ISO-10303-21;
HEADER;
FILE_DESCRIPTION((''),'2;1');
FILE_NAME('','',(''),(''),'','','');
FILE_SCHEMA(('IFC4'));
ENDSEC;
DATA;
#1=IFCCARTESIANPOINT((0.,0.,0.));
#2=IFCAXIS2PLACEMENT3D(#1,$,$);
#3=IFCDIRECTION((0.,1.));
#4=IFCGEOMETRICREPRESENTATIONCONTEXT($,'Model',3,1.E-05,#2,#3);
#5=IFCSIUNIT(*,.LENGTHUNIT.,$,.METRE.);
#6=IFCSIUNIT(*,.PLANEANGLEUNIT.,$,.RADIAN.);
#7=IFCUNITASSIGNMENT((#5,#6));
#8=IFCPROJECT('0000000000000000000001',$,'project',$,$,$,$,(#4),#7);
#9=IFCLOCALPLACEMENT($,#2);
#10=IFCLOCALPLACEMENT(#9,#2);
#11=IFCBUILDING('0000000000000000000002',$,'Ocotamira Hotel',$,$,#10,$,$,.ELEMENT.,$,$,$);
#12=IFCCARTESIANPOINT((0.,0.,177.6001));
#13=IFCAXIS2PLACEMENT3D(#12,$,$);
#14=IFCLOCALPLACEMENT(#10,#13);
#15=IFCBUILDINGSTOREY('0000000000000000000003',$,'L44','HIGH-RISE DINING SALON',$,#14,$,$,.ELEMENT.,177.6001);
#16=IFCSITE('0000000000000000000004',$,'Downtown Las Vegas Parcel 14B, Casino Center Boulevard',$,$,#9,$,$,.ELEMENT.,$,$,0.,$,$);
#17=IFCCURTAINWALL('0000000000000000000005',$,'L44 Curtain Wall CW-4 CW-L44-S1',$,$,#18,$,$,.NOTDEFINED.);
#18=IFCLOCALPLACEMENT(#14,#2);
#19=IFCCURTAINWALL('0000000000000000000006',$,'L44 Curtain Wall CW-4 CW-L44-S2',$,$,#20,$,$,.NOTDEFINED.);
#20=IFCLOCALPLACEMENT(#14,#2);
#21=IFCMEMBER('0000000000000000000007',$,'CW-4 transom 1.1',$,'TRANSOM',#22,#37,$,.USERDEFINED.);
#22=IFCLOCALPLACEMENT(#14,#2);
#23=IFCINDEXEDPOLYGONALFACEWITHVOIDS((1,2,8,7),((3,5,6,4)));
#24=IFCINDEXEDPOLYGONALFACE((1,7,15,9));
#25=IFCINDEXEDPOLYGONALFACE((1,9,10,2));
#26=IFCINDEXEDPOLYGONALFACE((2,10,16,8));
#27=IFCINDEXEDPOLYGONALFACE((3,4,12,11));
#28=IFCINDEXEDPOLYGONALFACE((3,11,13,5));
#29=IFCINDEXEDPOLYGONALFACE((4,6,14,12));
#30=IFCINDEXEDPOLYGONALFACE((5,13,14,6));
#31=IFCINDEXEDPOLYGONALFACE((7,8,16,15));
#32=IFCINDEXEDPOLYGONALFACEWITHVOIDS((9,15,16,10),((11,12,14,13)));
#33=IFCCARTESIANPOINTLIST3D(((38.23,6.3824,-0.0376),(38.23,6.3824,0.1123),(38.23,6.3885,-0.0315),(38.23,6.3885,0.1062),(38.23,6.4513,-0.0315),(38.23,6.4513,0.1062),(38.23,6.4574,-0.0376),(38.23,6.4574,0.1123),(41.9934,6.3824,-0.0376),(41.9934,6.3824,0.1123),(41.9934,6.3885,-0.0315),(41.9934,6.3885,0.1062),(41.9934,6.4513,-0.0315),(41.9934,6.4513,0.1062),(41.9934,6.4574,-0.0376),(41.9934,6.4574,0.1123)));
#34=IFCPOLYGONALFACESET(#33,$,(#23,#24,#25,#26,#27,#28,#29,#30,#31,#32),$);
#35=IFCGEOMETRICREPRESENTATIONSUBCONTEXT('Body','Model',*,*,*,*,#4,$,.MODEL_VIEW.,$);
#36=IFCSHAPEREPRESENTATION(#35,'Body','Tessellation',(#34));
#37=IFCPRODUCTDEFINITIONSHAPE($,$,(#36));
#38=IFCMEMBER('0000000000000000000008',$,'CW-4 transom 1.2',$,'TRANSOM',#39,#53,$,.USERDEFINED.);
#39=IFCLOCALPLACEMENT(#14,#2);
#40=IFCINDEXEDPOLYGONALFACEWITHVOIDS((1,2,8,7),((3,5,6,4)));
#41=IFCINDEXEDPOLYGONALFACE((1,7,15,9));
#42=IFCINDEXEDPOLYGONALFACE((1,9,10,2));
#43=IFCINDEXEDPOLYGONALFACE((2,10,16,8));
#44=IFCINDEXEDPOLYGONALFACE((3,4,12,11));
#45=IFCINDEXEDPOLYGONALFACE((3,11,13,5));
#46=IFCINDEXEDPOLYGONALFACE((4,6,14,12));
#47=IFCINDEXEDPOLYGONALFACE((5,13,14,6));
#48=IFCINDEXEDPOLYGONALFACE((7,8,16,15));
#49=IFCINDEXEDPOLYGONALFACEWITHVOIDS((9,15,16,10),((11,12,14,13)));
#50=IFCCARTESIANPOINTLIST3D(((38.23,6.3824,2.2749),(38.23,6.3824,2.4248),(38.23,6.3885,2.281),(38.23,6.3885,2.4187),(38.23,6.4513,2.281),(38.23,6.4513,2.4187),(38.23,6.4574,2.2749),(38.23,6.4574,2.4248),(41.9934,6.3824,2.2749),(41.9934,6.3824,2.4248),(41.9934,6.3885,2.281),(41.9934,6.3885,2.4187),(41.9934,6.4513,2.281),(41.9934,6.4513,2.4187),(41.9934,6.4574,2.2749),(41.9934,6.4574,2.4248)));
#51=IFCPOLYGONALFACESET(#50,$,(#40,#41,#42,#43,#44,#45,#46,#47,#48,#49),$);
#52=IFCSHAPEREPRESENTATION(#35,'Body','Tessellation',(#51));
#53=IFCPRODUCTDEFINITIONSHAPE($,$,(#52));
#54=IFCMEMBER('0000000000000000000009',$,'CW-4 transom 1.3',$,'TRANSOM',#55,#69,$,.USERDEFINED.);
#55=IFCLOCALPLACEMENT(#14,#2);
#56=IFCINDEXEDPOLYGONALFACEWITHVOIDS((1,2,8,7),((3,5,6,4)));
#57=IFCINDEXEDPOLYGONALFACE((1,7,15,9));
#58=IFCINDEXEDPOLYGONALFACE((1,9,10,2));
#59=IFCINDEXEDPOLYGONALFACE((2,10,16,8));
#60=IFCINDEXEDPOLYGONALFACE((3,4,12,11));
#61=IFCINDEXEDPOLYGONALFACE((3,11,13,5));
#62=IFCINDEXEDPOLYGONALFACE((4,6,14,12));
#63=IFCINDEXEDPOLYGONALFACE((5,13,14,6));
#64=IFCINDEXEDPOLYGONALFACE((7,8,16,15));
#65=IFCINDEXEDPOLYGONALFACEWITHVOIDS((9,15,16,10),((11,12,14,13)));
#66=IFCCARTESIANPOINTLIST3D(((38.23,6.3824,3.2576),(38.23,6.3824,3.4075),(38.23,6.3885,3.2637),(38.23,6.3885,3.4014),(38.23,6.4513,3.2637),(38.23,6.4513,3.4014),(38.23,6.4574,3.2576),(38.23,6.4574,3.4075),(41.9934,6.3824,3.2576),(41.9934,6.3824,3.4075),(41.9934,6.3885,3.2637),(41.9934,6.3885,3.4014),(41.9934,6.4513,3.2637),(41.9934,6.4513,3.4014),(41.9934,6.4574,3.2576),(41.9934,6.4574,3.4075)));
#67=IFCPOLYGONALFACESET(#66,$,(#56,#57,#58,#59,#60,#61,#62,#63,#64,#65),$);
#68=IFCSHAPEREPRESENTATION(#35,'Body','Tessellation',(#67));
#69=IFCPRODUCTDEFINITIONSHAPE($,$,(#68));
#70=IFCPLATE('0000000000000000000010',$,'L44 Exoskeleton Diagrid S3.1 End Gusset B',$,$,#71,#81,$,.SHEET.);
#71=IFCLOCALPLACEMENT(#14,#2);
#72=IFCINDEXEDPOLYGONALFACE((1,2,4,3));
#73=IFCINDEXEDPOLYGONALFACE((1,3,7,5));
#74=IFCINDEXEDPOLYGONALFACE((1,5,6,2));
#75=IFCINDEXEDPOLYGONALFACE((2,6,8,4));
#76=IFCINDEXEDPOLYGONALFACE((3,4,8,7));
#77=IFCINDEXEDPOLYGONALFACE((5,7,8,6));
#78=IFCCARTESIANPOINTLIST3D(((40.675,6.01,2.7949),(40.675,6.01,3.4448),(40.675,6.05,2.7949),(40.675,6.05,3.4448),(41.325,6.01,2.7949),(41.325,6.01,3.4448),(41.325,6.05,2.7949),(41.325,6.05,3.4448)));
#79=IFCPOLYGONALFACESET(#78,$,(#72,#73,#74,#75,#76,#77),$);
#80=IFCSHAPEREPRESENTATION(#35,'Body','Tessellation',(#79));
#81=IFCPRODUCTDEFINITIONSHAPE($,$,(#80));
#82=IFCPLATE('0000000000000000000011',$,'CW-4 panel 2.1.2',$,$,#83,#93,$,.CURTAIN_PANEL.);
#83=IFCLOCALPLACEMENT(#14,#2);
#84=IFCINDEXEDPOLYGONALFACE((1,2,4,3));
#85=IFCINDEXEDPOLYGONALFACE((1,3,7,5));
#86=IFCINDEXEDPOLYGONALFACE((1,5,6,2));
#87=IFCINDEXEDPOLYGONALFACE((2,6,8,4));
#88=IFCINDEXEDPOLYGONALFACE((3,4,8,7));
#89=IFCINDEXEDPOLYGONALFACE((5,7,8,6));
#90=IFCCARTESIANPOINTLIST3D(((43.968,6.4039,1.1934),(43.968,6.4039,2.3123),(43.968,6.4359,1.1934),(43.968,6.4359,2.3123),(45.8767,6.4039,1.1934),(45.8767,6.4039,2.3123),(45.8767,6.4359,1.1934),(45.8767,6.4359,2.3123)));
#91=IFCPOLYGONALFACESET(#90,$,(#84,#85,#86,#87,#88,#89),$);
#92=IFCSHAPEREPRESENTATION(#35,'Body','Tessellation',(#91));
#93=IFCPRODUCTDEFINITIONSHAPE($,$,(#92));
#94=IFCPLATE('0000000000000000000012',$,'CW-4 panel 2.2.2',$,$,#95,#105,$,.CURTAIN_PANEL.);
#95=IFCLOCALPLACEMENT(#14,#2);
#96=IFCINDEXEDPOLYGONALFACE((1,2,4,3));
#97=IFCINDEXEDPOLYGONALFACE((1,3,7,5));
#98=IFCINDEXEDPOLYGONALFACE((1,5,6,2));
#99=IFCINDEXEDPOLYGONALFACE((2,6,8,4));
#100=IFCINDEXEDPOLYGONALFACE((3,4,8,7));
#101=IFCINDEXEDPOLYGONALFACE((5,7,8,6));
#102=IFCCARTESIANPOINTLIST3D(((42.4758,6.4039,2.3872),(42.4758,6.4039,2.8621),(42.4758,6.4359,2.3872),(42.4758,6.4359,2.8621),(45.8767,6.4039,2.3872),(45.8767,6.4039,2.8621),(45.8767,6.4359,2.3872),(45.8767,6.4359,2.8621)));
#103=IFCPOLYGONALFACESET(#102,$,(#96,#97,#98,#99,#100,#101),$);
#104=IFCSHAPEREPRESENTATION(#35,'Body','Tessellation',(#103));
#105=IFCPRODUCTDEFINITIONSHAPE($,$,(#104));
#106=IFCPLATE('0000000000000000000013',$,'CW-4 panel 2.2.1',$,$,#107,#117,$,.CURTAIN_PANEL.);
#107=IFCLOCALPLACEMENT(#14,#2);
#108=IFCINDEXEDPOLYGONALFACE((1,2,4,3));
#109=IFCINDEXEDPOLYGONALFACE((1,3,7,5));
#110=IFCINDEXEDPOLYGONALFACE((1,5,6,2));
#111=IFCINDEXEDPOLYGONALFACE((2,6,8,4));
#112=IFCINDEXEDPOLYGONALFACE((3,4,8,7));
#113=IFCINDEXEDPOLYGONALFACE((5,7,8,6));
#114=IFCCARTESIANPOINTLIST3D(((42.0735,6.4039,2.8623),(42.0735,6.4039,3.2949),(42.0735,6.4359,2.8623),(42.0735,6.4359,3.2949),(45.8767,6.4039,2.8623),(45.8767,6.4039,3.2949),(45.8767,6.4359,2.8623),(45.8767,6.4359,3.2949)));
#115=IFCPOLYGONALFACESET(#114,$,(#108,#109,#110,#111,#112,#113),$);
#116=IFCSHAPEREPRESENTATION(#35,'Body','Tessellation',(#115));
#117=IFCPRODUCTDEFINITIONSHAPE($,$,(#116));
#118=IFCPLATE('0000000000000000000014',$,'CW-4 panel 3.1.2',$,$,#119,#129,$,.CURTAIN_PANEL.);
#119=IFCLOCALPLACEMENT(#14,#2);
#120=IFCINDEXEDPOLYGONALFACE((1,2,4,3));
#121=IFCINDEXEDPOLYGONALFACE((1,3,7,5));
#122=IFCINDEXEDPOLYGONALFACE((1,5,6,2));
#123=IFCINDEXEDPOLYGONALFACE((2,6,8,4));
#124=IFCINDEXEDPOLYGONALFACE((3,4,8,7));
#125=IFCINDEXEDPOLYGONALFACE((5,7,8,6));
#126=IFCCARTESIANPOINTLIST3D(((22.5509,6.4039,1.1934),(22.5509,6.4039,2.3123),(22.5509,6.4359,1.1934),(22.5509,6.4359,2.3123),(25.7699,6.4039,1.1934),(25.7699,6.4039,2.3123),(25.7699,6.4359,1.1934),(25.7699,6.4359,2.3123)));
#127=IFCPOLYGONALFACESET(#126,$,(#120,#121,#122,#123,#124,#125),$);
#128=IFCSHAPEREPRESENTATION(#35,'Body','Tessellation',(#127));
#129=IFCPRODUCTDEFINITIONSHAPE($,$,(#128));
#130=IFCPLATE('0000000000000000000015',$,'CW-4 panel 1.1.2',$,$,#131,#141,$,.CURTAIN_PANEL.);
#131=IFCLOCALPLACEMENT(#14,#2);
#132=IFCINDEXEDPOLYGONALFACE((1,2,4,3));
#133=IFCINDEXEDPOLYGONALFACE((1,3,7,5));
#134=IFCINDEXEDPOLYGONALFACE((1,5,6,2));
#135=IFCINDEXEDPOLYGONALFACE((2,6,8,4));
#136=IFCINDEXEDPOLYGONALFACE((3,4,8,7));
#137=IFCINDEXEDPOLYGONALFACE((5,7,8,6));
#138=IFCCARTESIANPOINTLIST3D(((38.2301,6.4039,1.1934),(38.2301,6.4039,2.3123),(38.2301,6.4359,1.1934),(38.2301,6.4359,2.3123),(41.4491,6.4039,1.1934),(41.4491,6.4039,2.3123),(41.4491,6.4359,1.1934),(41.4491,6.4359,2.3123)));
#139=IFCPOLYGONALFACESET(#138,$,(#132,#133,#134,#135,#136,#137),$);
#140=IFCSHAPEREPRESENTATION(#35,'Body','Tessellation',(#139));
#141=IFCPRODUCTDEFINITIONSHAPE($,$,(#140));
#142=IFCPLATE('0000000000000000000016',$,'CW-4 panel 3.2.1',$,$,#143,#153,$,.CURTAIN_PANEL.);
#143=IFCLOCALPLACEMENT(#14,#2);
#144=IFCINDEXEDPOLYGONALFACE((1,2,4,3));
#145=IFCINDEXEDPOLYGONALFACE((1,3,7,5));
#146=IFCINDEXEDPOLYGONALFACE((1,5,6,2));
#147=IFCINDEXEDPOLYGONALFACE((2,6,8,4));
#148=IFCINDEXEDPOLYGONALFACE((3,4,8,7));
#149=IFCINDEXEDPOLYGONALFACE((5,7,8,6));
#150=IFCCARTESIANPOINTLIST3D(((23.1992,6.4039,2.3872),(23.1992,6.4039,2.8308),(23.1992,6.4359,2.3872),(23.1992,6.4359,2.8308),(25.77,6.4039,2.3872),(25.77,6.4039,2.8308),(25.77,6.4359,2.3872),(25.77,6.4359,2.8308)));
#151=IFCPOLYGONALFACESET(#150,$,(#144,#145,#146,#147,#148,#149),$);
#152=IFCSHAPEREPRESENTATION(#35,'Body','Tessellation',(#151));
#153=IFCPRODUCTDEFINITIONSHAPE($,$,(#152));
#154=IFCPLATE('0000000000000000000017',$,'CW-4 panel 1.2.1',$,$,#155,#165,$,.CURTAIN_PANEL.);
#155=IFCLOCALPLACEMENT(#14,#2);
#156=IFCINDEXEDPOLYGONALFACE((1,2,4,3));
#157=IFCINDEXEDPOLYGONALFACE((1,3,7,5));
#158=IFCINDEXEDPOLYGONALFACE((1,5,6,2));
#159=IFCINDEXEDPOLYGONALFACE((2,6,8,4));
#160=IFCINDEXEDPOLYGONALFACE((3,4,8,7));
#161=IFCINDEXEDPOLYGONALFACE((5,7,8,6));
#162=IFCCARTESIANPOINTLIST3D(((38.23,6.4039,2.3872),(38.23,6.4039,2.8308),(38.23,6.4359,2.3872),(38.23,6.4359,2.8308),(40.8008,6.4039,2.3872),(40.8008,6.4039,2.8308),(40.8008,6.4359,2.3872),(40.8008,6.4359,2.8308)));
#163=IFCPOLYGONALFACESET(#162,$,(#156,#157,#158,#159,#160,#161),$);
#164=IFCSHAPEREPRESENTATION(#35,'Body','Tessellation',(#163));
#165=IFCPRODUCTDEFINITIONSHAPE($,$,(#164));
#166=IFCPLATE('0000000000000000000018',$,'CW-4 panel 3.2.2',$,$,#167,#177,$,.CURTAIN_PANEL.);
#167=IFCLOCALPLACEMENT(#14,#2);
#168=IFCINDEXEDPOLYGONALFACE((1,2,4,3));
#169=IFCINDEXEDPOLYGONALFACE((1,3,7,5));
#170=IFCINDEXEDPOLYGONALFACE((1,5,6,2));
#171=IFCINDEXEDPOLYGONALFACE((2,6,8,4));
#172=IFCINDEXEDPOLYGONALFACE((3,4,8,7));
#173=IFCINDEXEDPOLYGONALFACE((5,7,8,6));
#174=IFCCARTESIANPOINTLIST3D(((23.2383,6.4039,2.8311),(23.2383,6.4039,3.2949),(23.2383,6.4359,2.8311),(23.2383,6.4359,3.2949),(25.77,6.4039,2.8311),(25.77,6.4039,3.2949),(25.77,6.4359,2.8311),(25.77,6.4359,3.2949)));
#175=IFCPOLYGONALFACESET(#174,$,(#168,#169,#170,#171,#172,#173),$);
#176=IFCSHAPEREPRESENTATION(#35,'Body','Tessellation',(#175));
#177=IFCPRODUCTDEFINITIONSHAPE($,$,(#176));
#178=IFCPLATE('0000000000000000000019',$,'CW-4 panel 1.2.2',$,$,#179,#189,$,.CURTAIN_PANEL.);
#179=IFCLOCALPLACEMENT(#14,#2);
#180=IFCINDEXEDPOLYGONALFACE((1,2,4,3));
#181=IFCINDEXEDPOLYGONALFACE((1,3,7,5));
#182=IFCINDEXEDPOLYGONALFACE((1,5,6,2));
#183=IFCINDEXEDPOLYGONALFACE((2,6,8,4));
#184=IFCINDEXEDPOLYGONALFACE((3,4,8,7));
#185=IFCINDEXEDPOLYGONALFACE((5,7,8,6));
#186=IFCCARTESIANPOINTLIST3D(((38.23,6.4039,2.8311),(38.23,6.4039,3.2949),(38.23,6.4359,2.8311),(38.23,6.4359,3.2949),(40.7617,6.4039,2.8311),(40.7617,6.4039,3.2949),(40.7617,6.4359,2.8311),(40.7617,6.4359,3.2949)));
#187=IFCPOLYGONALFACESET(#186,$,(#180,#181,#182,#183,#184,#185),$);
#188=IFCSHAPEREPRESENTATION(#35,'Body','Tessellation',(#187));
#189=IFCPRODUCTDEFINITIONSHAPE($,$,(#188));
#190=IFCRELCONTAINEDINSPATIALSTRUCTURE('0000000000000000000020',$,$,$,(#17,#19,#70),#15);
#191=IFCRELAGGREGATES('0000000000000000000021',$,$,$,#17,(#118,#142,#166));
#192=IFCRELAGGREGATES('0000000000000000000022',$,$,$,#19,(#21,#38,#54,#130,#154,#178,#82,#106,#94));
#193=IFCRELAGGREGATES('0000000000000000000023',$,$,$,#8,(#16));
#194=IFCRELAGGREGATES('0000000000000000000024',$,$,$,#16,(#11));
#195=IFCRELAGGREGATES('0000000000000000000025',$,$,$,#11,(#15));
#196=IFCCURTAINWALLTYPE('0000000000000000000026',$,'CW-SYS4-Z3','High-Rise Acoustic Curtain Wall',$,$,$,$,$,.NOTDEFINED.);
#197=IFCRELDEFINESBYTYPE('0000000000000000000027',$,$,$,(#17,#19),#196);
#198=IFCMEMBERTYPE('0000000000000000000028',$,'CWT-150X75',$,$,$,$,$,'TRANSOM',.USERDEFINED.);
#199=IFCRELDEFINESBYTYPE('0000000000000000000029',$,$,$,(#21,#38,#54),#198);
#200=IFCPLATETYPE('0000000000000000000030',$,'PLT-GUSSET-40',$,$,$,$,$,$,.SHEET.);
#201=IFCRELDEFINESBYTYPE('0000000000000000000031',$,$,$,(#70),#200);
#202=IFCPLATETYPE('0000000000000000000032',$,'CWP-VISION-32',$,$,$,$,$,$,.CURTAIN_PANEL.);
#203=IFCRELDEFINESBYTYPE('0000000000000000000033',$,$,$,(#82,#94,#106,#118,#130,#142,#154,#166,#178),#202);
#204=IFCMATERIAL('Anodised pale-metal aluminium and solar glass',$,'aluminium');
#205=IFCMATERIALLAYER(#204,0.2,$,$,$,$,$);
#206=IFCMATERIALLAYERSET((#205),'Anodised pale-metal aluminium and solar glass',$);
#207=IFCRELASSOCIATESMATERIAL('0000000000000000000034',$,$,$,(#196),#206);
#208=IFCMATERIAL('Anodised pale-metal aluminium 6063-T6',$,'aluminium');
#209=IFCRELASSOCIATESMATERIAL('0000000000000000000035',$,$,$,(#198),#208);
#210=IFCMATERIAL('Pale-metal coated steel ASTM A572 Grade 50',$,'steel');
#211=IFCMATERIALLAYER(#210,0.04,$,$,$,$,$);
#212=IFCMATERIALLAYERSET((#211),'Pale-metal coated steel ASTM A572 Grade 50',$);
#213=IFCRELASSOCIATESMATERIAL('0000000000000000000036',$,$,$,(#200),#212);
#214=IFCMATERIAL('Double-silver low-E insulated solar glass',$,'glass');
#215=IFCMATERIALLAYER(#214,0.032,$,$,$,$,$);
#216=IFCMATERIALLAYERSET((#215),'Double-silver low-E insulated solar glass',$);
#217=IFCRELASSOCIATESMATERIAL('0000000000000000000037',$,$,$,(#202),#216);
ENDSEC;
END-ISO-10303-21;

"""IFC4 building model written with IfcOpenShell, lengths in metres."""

from ifc_helpers import new_model, si_unit, direction, frame, origin, origin_2d, place, context, subcontext, project, spatial, rectangle, hollow_rectangle, extrude, source, transform, mapped, material, layer, layer_set, material_profile, profile_set, type_object, element, aggregate, save


model = new_model("IFC4")

# Units and contexts
model_context = context("Model", 3, precision=1e-05, world=origin(), true_north=direction((0.0, 1.0)))
body_context = subcontext(model_context, "Body", "Model", "MODEL_VIEW")
ifc_project = project(units=[si_unit("LENGTHUNIT", "METRE"), si_unit("PLANEANGLEUNIT", "RADIAN")], contexts=[model_context])

# Site, building, storey
site_placement = place(None, origin())
site = spatial("IfcSite", under=ifc_project, at=site_placement, Name="Downtown Las Vegas Parcel 14B, Casino Center Boulevard", CompositionType="ELEMENT", RefElevation=0.0)
building_placement = place(site_placement, origin())
building = spatial("IfcBuilding", under=site, at=building_placement, Name="Ocotamira Hotel", CompositionType="ELEMENT")
storey_placement = place(building_placement, frame((0.0, 0.0, 177.6001)))
storey = spatial("IfcBuildingStorey", under=building, at=storey_placement, Name="L44", Description="HIGH-RISE DINING SALON", CompositionType="ELEMENT", Elevation=177.6001)

# Curtain wall
ifc_material_1 = material(Name="Anodised pale-metal aluminium and solar glass", Category="aluminium")
ifc_layer_1 = layer(ifc_material_1, 0.2)
ifc_layer_set_1 = layer_set([ifc_layer_1], Name="Anodised pale-metal aluminium and solar glass")
curtain_wall_type = type_object("IfcCurtainWallType", Name="CW-SYS4-Z3", Description="High-Rise Acoustic Curtain Wall", PredefinedType="NOTDEFINED", material=ifc_layer_set_1)
curtain_wall_1_placement = place(storey_placement, origin())
curtain_wall_1 = element("IfcCurtainWall", 1, at=curtain_wall_1_placement, inside=storey, type_object=curtain_wall_type, Name="L44 Curtain Wall CW-4 CW-L44-S1", PredefinedType="NOTDEFINED")
ifc_material_2 = material(Name="Anodised pale-metal aluminium 6063-T6", Category="aluminium")

# Curtain wall, members
curtain_wall_2_placement = place(storey_placement, origin())
curtain_wall_2 = element("IfcCurtainWall", 2, at=curtain_wall_2_placement, inside=storey, type_object=curtain_wall_type, Name="L44 Curtain Wall CW-4 CW-L44-S2", PredefinedType="NOTDEFINED")
ifc_material_profile_1 = material_profile(ifc_material_2, hollow_rectangle(XDim=0.075, YDim=0.1499, WallThickness=0.0061, at=origin_2d()), Name="HSS150X75X6")
ifc_profile_set_1 = profile_set([ifc_material_profile_1], Name="Anodised pale-metal aluminium 6063-T6")
member_type_1 = type_object("IfcMemberType", Name="CWT-150X75", ElementType="TRANSOM", PredefinedType="USERDEFINED", material=ifc_profile_set_1)
shared_shape_1 = source(origin(), body_context, "Body", "SweptSolid", [
    extrude(hollow_rectangle(XDim=0.075, YDim=0.1499, WallThickness=0.0061, at=origin_2d()), origin(), (0.0, 0.0, 1.0), 3.7634),
])
member_1_placement = place(storey_placement, frame((38.23, 6.4199, 0.0374), z_axis=(1.0, 0.0, 0.0), x_axis=(0.0, 1.0, 0.0)))
member_1 = element("IfcMember", 3, at=member_1_placement, type_object=member_type_1, Name="CW-4 transom 1.1", ObjectType="TRANSOM", PredefinedType="USERDEFINED", context=body_context, shape_type="MappedRepresentation", body=[
    mapped(shared_shape_1, transform((0.0, 0.0, 0.0), scale=1.0)),
])
member_2_placement = place(storey_placement, frame((38.23, 6.4199, 2.3499), z_axis=(1.0, 0.0, 0.0), x_axis=(0.0, 1.0, 0.0)))
member_2 = element("IfcMember", 4, at=member_2_placement, type_object=member_type_1, Name="CW-4 transom 1.2", ObjectType="TRANSOM", PredefinedType="USERDEFINED", context=body_context, shape_type="MappedRepresentation", body=[
    mapped(shared_shape_1, transform((0.0, 0.0, 0.0), scale=1.0)),
])
member_3_placement = place(storey_placement, frame((38.23, 6.4199, 3.3325), z_axis=(1.0, 0.0, 0.0), x_axis=(0.0, 1.0, 0.0)))
member_3 = element("IfcMember", 5, at=member_3_placement, type_object=member_type_1, Name="CW-4 transom 1.3", ObjectType="TRANSOM", PredefinedType="USERDEFINED", context=body_context, shape_type="MappedRepresentation", body=[
    mapped(shared_shape_1, transform((0.0, 0.0, 0.0), scale=1.0)),
])

# Plates
ifc_material_3 = material(Name="Pale-metal coated steel ASTM A572 Grade 50", Category="steel")
ifc_layer_2 = layer(ifc_material_3, 0.04)
ifc_layer_set_2 = layer_set([ifc_layer_2], Name="Pale-metal coated steel ASTM A572 Grade 50")
plate_type_1 = type_object("IfcPlateType", Name="PLT-GUSSET-40", PredefinedType="SHEET", material=ifc_layer_set_2)
shared_shape_2 = source(origin(), body_context, "Body", "SweptSolid", [
    extrude(rectangle(XDim=0.6499, YDim=0.04, at=origin_2d()), origin(), (0.0, 0.0, 1.0), 0.6499),
])
plate_1_placement = place(storey_placement, frame((41.0, 6.03, 2.7949), z_axis=(0.0, 0.0, 1.0), x_axis=(-1.0, 0.0, 0.0)))
element("IfcPlate", 6, at=plate_1_placement, inside=storey, type_object=plate_type_1, Name="L44 Exoskeleton Diagrid S3.1 End Gusset B", PredefinedType="SHEET", context=body_context, shape_type="MappedRepresentation", body=[
    mapped(shared_shape_2, transform((0.0, 0.0, 0.0), scale=1.0)),
])
ifc_material_4 = material(Name="Double-silver low-E insulated solar glass", Category="glass")
ifc_layer_3 = layer(ifc_material_4, 0.032)
ifc_layer_set_3 = layer_set([ifc_layer_3], Name="Double-silver low-E insulated solar glass")
plate_type_2 = type_object("IfcPlateType", Name="CWP-VISION-32", PredefinedType="CURTAIN_PANEL", material=ifc_layer_set_3)
shared_shape_3 = source(origin(), body_context, "Body", "SweptSolid", [
    extrude(rectangle(XDim=1.9087, YDim=0.032, at=origin_2d()), origin(), (0.0, 0.0, 1.0), 1.1189),
])
plate_2_placement = place(storey_placement, frame((44.9224, 6.4199, 1.1934), z_axis=(0.0, 0.0, 1.0), x_axis=(1.0, 0.0, 0.0)))
plate_2 = element("IfcPlate", 7, at=plate_2_placement, type_object=plate_type_2, Name="CW-4 panel 2.1.2", PredefinedType="CURTAIN_PANEL", context=body_context, shape_type="MappedRepresentation", body=[
    mapped(shared_shape_3, transform((0.0, 0.0, 0.0), scale=1.0)),
])
shared_shape_4 = source(origin(), body_context, "Body", "SweptSolid", [
    extrude(rectangle(XDim=3.4009, YDim=0.032, at=origin_2d()), origin(), (0.0, 0.0, 1.0), 0.4749),
])
plate_3_placement = place(storey_placement, frame((44.1763, 6.4199, 2.3872), z_axis=(0.0, 0.0, 1.0), x_axis=(1.0, 0.0, 0.0)))
plate_3 = element("IfcPlate", 8, at=plate_3_placement, type_object=plate_type_2, Name="CW-4 panel 2.2.2", PredefinedType="CURTAIN_PANEL", context=body_context, shape_type="MappedRepresentation", body=[
    mapped(shared_shape_4, transform((0.0, 0.0, 0.0), scale=1.0)),
])
shared_shape_5 = source(origin(), body_context, "Body", "SweptSolid", [
    extrude(rectangle(XDim=3.8032, YDim=0.032, at=origin_2d()), origin(), (0.0, 0.0, 1.0), 0.4326),
])
plate_4_placement = place(storey_placement, frame((43.9751, 6.4199, 2.8623), z_axis=(0.0, 0.0, 1.0), x_axis=(1.0, 0.0, 0.0)))
plate_4 = element("IfcPlate", 9, at=plate_4_placement, type_object=plate_type_2, Name="CW-4 panel 2.2.1", PredefinedType="CURTAIN_PANEL", context=body_context, shape_type="MappedRepresentation", body=[
    mapped(shared_shape_5, transform((0.0, 0.0, 0.0), scale=1.0)),
])
shared_shape_6 = source(origin(), body_context, "Body", "SweptSolid", [
    extrude(rectangle(XDim=3.219, YDim=0.032, at=origin_2d()), origin(), (0.0, 0.0, 1.0), 1.1189),
])
plate_5_placement = place(storey_placement, frame((24.1604, 6.4199, 1.1934), z_axis=(0.0, 0.0, 1.0), x_axis=(1.0, 0.0, 0.0)))
plate_5 = element("IfcPlate", 10, at=plate_5_placement, type_object=plate_type_2, Name="CW-4 panel 3.1.2", PredefinedType="CURTAIN_PANEL", context=body_context, shape_type="MappedRepresentation", body=[
    mapped(shared_shape_6, transform((0.0, 0.0, 0.0), scale=1.0)),
])
plate_6_placement = place(storey_placement, frame((39.8396, 6.4199, 1.1934), z_axis=(0.0, 0.0, 1.0), x_axis=(1.0, 0.0, 0.0)))
plate_6 = element("IfcPlate", 11, at=plate_6_placement, type_object=plate_type_2, Name="CW-4 panel 1.1.2", PredefinedType="CURTAIN_PANEL", context=body_context, shape_type="MappedRepresentation", body=[
    mapped(shared_shape_6, transform((0.0, 0.0, 0.0), scale=1.0)),
])
shared_shape_7 = source(origin(), body_context, "Body", "SweptSolid", [
    extrude(rectangle(XDim=2.5708, YDim=0.032, at=origin_2d()), origin(), (0.0, 0.0, 1.0), 0.4436),
])
plate_7_placement = place(storey_placement, frame((24.4846, 6.4199, 2.3872), z_axis=(0.0, 0.0, 1.0), x_axis=(1.0, 0.0, 0.0)))
plate_7 = element("IfcPlate", 12, at=plate_7_placement, type_object=plate_type_2, Name="CW-4 panel 3.2.1", PredefinedType="CURTAIN_PANEL", context=body_context, shape_type="MappedRepresentation", body=[
    mapped(shared_shape_7, transform((0.0, 0.0, 0.0), scale=1.0)),
])
plate_8_placement = place(storey_placement, frame((39.5154, 6.4199, 2.3872), z_axis=(0.0, 0.0, 1.0), x_axis=(1.0, 0.0, 0.0)))
plate_8 = element("IfcPlate", 13, at=plate_8_placement, type_object=plate_type_2, Name="CW-4 panel 1.2.1", PredefinedType="CURTAIN_PANEL", context=body_context, shape_type="MappedRepresentation", body=[
    mapped(shared_shape_7, transform((0.0, 0.0, 0.0), scale=1.0)),
])
shared_shape_8 = source(origin(), body_context, "Body", "SweptSolid", [
    extrude(rectangle(XDim=2.5317, YDim=0.032, at=origin_2d()), origin(), (0.0, 0.0, 1.0), 0.4639),
])
plate_9_placement = place(storey_placement, frame((24.5042, 6.4199, 2.8311), z_axis=(0.0, 0.0, 1.0), x_axis=(1.0, 0.0, 0.0)))
plate_9 = element("IfcPlate", 14, at=plate_9_placement, type_object=plate_type_2, Name="CW-4 panel 3.2.2", PredefinedType="CURTAIN_PANEL", context=body_context, shape_type="MappedRepresentation", body=[
    mapped(shared_shape_8, transform((0.0, 0.0, 0.0), scale=1.0)),
])
plate_10_placement = place(storey_placement, frame((39.4958, 6.4199, 2.8311), z_axis=(0.0, 0.0, 1.0), x_axis=(1.0, 0.0, 0.0)))
plate_10 = element("IfcPlate", 15, at=plate_10_placement, type_object=plate_type_2, Name="CW-4 panel 1.2.2", PredefinedType="CURTAIN_PANEL", context=body_context, shape_type="MappedRepresentation", body=[
    mapped(shared_shape_8, transform((0.0, 0.0, 0.0), scale=1.0)),
])
aggregate(curtain_wall_1, [plate_5, plate_7, plate_9])
aggregate(curtain_wall_2, [member_1, member_2, member_3, plate_6, plate_8, plate_10, plate_2, plate_4, plate_3])

save(model, "model.ifc")
